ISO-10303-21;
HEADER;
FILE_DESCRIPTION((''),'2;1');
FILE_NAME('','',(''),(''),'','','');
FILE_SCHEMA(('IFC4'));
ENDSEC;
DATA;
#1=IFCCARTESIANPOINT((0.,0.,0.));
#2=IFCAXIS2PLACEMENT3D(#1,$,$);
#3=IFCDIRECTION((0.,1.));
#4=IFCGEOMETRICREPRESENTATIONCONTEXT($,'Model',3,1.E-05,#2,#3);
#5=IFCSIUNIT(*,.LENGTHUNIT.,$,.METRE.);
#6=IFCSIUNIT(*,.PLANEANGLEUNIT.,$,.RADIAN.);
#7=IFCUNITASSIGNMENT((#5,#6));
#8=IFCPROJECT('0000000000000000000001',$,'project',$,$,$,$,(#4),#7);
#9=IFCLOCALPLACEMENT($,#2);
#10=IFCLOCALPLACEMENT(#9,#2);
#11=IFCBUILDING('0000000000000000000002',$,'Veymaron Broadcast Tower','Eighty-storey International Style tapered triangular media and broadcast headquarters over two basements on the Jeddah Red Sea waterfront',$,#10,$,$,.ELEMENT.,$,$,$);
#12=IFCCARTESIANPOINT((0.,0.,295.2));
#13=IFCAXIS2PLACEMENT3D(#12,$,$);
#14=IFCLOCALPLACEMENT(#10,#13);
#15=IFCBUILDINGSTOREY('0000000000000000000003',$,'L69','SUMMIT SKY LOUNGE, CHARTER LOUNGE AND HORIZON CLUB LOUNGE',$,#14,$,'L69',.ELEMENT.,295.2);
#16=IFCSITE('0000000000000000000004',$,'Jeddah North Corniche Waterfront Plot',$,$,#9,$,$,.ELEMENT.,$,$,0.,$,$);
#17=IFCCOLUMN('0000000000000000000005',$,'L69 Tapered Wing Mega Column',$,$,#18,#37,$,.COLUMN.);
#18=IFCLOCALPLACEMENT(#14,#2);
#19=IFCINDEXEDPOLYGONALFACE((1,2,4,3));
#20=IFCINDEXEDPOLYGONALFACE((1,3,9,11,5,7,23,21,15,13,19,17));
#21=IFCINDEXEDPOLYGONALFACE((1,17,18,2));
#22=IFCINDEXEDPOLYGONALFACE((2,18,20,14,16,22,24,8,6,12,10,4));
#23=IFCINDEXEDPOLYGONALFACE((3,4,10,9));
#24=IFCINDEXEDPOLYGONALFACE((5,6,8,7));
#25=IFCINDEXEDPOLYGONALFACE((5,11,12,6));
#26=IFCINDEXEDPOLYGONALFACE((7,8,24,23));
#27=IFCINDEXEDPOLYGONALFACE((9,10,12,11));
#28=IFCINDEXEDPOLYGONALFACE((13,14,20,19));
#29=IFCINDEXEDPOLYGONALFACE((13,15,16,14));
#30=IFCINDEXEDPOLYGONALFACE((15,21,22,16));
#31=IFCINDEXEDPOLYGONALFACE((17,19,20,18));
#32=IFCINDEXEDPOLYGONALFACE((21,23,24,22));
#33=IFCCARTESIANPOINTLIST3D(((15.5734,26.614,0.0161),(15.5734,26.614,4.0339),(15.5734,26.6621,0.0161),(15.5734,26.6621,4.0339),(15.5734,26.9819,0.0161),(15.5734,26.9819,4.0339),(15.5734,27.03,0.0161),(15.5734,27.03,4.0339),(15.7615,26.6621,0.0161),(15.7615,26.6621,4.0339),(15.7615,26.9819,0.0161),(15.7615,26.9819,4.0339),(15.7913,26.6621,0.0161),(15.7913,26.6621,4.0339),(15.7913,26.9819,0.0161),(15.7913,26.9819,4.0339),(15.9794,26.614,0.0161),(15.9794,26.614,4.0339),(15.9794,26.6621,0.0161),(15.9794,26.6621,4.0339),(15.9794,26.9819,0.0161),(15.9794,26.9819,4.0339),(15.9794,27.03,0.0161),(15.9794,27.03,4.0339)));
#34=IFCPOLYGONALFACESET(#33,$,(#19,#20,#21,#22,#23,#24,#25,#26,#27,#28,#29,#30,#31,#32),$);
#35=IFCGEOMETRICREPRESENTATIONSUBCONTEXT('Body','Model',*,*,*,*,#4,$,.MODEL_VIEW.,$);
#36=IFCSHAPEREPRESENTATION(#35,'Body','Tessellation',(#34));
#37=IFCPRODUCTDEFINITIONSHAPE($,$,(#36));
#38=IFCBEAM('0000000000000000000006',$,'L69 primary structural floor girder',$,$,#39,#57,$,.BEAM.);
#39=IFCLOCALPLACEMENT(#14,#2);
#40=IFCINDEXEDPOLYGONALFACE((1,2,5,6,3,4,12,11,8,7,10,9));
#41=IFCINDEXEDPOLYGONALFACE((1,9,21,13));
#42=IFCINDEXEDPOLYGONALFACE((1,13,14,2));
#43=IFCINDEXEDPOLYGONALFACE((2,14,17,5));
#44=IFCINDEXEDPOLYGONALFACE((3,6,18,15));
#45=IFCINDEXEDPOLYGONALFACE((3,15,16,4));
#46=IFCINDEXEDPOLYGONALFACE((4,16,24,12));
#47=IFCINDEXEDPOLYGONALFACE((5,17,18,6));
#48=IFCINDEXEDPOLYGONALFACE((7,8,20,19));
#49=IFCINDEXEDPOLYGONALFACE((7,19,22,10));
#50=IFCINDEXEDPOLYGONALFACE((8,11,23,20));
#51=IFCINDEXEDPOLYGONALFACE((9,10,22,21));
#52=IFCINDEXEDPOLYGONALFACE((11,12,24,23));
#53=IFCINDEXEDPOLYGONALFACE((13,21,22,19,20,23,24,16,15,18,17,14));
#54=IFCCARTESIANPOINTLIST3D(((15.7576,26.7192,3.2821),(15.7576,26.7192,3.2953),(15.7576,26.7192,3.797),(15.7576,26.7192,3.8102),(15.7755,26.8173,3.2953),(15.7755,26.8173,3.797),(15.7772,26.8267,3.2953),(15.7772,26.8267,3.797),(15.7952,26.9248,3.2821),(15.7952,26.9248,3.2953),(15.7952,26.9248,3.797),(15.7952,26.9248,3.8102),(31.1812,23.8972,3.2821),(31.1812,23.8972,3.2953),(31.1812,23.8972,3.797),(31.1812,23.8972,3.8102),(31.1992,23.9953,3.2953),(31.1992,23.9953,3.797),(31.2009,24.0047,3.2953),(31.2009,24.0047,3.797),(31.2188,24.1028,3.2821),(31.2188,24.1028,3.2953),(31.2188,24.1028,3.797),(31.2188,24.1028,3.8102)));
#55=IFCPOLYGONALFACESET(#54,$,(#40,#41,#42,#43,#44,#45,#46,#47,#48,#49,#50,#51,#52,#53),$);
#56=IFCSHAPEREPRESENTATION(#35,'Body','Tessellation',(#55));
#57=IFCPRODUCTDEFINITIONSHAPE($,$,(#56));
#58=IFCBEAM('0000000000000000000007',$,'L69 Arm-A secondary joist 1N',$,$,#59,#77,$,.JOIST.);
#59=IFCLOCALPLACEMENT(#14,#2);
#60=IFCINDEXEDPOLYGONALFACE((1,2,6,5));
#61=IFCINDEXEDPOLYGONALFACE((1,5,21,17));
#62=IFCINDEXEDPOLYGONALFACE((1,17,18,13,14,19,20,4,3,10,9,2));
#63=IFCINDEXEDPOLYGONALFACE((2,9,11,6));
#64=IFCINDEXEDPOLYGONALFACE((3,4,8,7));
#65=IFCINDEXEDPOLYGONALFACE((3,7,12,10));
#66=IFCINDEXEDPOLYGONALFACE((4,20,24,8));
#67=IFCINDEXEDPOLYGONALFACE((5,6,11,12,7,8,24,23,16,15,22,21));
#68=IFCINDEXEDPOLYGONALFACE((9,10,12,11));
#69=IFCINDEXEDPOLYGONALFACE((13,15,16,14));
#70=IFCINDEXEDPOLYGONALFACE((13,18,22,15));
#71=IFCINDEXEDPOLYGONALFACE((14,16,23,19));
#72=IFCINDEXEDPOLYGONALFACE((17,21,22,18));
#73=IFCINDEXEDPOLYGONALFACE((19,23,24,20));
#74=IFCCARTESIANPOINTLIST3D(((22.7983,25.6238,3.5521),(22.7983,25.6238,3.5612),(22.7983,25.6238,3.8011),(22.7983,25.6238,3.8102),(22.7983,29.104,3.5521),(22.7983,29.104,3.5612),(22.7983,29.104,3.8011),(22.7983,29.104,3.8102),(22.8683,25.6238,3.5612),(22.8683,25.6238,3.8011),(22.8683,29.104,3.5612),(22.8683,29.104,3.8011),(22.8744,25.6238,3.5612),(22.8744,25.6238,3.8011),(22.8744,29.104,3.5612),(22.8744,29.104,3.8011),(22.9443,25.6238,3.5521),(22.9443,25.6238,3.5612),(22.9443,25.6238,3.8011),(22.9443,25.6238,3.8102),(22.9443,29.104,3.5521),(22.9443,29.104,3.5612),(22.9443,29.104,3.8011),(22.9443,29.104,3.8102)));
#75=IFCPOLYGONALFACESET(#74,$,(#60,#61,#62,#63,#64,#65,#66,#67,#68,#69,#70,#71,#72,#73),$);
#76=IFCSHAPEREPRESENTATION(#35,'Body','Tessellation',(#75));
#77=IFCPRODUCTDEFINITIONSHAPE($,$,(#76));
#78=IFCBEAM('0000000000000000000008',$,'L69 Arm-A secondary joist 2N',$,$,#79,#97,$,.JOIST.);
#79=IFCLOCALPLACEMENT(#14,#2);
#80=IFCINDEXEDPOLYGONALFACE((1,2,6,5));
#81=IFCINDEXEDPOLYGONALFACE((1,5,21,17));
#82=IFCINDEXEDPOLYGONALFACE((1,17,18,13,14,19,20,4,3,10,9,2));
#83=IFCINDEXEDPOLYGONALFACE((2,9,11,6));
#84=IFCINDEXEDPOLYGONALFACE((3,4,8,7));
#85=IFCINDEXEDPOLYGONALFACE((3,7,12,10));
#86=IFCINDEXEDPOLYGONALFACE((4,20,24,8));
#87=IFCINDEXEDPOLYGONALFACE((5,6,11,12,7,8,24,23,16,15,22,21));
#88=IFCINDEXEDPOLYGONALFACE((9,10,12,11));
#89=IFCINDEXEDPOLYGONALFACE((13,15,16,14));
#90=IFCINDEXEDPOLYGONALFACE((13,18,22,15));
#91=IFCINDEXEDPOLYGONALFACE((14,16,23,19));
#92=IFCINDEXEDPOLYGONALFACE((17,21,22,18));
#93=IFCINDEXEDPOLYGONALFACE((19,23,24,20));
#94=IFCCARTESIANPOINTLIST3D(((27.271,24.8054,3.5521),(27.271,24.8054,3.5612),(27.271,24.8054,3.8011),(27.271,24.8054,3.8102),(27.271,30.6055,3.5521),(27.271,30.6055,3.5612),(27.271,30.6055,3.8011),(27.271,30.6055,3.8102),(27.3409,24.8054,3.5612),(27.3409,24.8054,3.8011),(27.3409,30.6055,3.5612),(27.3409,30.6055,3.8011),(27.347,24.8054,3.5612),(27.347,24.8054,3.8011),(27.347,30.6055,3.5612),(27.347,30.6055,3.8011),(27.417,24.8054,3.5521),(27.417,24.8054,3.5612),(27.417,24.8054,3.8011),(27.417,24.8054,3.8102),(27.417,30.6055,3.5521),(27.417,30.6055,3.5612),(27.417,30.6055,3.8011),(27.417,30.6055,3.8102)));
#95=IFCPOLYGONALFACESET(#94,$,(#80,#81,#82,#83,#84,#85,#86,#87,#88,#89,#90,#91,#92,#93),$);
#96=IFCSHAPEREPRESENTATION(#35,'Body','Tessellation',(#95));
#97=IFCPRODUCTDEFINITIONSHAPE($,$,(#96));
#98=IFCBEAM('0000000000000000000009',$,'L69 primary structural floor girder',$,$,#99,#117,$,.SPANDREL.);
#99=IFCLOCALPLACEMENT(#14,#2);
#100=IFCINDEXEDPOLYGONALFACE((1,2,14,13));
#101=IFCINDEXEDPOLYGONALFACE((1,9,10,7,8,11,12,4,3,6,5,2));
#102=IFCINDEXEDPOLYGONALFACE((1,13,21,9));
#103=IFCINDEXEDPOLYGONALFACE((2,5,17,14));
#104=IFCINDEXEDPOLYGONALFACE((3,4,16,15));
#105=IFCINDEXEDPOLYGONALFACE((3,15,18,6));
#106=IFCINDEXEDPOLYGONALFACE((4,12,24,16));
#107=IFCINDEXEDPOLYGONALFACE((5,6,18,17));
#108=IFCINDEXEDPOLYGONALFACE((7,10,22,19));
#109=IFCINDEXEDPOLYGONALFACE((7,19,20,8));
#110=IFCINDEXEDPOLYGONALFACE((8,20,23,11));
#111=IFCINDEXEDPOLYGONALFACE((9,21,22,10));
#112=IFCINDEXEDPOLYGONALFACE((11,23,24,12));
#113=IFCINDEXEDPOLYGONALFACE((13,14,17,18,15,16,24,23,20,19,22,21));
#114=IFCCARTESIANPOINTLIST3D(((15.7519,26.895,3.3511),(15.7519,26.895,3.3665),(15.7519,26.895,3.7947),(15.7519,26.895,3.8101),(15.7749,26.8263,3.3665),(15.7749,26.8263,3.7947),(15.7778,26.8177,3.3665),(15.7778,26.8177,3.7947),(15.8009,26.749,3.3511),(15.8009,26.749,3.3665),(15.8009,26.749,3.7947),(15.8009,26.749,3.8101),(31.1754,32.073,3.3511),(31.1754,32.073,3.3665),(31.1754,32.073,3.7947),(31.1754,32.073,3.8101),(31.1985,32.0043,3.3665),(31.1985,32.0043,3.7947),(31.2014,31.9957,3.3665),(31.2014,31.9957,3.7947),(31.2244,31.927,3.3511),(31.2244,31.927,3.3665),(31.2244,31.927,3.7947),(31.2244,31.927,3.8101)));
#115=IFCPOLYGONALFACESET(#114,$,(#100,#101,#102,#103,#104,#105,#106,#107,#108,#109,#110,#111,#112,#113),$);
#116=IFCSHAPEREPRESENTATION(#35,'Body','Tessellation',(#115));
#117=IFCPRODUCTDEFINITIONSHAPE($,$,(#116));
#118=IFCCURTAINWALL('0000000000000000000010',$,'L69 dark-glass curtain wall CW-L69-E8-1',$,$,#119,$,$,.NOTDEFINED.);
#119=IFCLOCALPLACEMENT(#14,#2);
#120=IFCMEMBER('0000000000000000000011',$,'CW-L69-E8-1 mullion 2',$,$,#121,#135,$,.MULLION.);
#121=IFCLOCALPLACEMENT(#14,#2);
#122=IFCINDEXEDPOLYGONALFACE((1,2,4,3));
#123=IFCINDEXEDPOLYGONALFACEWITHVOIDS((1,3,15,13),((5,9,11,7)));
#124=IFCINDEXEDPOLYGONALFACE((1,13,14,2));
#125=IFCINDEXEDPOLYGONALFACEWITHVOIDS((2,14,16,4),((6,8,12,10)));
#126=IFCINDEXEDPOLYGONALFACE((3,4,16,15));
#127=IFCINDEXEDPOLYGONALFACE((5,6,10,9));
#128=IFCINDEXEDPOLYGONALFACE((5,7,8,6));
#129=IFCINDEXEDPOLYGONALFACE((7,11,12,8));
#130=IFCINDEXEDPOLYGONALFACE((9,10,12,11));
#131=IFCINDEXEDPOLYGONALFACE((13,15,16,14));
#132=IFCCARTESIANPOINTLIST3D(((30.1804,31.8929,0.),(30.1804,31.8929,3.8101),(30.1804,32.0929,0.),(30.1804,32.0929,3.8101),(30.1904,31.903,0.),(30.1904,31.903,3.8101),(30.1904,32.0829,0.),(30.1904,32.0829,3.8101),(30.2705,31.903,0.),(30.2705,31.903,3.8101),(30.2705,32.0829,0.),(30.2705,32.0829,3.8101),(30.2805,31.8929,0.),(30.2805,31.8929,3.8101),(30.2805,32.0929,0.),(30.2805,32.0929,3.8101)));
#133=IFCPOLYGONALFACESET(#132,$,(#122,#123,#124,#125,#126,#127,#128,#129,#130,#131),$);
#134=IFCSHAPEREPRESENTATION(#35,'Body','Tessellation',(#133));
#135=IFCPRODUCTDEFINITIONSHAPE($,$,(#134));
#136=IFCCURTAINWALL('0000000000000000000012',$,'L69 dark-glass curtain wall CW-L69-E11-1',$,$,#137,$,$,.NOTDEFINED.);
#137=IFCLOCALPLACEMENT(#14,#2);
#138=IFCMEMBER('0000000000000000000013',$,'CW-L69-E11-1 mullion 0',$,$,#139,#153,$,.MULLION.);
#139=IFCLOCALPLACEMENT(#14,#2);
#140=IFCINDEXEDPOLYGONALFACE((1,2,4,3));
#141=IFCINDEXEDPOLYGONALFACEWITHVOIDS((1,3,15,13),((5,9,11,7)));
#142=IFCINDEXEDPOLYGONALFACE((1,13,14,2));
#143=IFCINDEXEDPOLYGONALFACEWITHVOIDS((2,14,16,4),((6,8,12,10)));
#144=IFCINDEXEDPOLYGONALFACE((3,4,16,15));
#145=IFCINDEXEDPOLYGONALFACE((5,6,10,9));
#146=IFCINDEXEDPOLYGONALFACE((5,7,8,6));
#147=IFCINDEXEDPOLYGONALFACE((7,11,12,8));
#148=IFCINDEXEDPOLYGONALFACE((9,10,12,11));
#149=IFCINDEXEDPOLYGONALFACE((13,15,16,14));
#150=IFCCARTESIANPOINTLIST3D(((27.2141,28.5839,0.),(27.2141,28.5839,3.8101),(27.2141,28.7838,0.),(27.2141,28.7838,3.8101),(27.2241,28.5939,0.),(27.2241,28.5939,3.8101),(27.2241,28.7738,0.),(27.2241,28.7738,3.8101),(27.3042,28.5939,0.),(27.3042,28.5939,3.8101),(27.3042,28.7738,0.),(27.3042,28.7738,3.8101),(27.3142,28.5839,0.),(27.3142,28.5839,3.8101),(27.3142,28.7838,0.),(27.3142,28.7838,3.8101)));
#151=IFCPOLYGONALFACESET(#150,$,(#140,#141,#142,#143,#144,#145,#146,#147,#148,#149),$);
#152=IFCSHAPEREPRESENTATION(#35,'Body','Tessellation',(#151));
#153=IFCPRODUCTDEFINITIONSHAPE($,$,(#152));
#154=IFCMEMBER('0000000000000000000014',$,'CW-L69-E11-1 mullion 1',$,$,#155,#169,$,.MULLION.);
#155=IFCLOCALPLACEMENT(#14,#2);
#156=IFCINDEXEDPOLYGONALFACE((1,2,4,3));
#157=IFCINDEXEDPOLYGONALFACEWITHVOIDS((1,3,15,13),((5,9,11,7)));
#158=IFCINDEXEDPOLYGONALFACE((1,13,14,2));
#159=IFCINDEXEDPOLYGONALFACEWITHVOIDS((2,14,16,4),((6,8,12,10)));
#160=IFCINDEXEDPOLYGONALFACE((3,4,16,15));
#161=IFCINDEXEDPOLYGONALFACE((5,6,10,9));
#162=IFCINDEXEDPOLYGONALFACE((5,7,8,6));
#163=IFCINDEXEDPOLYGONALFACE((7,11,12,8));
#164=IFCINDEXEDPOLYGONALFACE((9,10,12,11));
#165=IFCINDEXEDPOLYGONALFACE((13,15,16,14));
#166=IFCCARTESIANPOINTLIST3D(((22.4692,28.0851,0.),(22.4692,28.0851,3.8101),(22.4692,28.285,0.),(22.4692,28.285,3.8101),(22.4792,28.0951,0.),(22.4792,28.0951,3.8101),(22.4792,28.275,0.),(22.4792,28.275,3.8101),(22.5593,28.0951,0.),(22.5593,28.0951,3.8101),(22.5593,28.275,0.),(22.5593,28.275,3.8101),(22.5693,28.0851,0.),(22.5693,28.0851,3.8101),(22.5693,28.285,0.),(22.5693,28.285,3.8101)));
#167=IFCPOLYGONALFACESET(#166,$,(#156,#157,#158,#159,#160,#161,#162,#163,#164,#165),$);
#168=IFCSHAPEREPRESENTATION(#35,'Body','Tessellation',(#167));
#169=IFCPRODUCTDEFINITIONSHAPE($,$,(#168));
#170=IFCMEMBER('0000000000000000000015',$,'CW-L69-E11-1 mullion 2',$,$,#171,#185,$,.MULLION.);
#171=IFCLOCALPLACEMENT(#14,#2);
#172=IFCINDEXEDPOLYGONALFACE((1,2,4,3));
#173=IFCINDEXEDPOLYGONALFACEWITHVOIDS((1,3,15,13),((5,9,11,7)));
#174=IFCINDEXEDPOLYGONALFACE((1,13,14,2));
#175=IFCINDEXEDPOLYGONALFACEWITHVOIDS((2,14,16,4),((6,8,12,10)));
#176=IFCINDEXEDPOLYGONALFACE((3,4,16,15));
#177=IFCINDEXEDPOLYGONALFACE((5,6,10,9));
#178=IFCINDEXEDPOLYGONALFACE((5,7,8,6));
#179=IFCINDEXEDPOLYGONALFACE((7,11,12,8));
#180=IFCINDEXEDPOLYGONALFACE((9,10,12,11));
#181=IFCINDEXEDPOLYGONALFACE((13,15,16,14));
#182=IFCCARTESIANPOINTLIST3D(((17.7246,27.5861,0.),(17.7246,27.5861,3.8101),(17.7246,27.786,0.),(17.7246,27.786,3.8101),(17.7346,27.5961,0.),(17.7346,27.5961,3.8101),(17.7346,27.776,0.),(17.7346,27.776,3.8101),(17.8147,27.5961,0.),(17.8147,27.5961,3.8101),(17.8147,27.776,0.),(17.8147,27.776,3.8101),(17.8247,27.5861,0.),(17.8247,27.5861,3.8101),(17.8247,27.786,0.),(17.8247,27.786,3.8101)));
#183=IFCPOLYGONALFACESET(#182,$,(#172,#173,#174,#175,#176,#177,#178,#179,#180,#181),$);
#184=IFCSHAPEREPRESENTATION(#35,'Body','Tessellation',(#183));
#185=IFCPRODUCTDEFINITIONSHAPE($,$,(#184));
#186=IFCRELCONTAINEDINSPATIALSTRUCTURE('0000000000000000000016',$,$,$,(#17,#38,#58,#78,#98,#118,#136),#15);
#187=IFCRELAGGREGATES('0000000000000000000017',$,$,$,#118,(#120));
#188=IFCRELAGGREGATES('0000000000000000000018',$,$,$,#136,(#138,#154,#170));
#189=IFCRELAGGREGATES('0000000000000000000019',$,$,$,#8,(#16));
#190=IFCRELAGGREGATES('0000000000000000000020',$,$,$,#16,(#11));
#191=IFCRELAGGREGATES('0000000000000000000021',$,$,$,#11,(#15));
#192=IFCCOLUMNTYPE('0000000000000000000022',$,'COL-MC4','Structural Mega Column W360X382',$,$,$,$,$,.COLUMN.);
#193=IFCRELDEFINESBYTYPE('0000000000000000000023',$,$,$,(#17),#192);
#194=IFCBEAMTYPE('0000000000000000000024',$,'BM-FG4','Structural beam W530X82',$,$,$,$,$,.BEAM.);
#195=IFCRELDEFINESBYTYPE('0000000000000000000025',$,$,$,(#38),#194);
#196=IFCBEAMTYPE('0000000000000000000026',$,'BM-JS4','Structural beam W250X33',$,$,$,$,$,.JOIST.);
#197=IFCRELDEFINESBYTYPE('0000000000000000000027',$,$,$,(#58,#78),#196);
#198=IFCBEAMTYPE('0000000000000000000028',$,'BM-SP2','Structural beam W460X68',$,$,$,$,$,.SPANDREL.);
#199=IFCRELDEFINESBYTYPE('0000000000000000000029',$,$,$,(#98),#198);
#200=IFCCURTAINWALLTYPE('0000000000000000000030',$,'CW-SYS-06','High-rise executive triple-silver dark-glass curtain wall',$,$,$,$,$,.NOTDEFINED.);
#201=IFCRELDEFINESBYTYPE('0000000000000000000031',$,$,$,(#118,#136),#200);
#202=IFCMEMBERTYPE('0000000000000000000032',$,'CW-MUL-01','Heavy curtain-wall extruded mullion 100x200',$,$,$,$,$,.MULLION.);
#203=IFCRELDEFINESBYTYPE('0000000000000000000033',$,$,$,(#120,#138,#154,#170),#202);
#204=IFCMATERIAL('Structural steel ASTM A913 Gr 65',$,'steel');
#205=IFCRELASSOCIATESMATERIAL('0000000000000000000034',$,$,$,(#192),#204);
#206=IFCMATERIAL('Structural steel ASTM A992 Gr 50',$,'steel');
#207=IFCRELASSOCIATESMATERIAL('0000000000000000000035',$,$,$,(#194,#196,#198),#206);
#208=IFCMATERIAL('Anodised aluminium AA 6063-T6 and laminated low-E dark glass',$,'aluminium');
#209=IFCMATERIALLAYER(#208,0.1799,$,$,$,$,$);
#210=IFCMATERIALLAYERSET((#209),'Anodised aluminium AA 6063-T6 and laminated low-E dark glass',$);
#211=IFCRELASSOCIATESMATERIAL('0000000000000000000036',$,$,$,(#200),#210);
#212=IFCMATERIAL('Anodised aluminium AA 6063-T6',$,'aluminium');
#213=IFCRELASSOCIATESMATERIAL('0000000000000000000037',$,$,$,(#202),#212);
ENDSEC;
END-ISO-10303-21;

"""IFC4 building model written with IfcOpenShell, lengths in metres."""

from ifc_helpers import new_model, si_unit, direction, frame, origin, origin_2d, place, context, subcontext, project, spatial, hollow_rectangle, i_section, extrude, material, layer, layer_set, material_profile, profile_set, type_object, element, aggregate, save


model = new_model("IFC4")

# Units and contexts
model_context = context("Model", 3, precision=1e-05, world=origin(), true_north=direction((0.0, 1.0)))
body_context = subcontext(model_context, "Body", "Model", "MODEL_VIEW")
ifc_project = project(units=[si_unit("LENGTHUNIT", "METRE"), si_unit("PLANEANGLEUNIT", "RADIAN")], contexts=[model_context])

# Site, building, storey
site_placement = place(None, origin())
site = spatial("IfcSite", under=ifc_project, at=site_placement, Name="Jeddah North Corniche Waterfront Plot", CompositionType="ELEMENT", RefElevation=0.0)
building_placement = place(site_placement, origin())
building = spatial("IfcBuilding", under=site, at=building_placement, Name="Veymaron Broadcast Tower", Description="Eighty-storey International Style tapered triangular media and broadcast headquarters over two basements on the Jeddah Red Sea waterfront", CompositionType="ELEMENT")
storey_placement = place(building_placement, frame((0.0, 0.0, 295.2)))
storey = spatial("IfcBuildingStorey", under=building, at=storey_placement, Name="L69", Description="SUMMIT SKY LOUNGE, CHARTER LOUNGE AND HORIZON CLUB LOUNGE", LongName="L69", CompositionType="ELEMENT", Elevation=295.2)

# Column
ifc_material_1 = material(Name="Structural steel ASTM A913 Gr 65", Category="steel")
ifc_material_profile_1 = material_profile(ifc_material_1, i_section(OverallWidth=0.406, OverallDepth=0.416, WebThickness=0.0298, FlangeThickness=0.0481, at=origin_2d()), Name="W360X382")
ifc_profile_set_1 = profile_set([ifc_material_profile_1], Name="Structural steel ASTM A913 Gr 65")
column_type = type_object("IfcColumnType", Name="COL-MC4", Description="Structural Mega Column W360X382", PredefinedType="COLUMN", material=ifc_profile_set_1)
column_placement = place(storey_placement, frame((15.7764, 26.822, 0.0161), z_axis=(0.0, 0.0, 1.0), x_axis=(1.0, 0.0, 0.0)))
element("IfcColumn", 1, at=column_placement, inside=storey, type_object=column_type, Name="L69 Tapered Wing Mega Column", PredefinedType="COLUMN", context=body_context, shape_type="SweptSolid", body=[
    extrude(i_section(OverallWidth=0.406, OverallDepth=0.416, WebThickness=0.0298, FlangeThickness=0.0481, at=origin_2d()), origin(), (0.0, 0.0, 1.0), 4.0178),
])

# Beams
ifc_material_2 = material(Name="Structural steel ASTM A992 Gr 50", Category="steel")
ifc_material_profile_2 = material_profile(ifc_material_2, i_section(OverallWidth=0.209, OverallDepth=0.5281, WebThickness=0.0095, FlangeThickness=0.0132, at=origin_2d()), Name="W530X82")
ifc_profile_set_2 = profile_set([ifc_material_profile_2], Name="Structural steel ASTM A992 Gr 50")
beam_type_1 = type_object("IfcBeamType", Name="BM-FG4", Description="Structural beam W530X82", PredefinedType="BEAM", material=ifc_profile_set_2)
beam_1_placement = place(storey_placement, frame((15.7764, 26.822, 3.5461), z_axis=(0.98367, -0.17998, 0.0), x_axis=(0.17998, 0.98367, 0.0)))
element("IfcBeam", 2, at=beam_1_placement, inside=storey, type_object=beam_type_1, Name="L69 primary structural floor girder", PredefinedType="BEAM", context=body_context, shape_type="SweptSolid", body=[
    extrude(i_section(OverallWidth=0.209, OverallDepth=0.5281, WebThickness=0.0095, FlangeThickness=0.0132, at=origin_2d()), origin(), (0.0, 0.0, 1.0), 15.6797),
])
ifc_material_profile_3 = material_profile(ifc_material_2, i_section(OverallWidth=0.146, OverallDepth=0.2581, WebThickness=0.0061, FlangeThickness=0.009, at=origin_2d()), Name="W250X33")
ifc_profile_set_3 = profile_set([ifc_material_profile_3], Name="Structural steel ASTM A992 Gr 50")
beam_type_2 = type_object("IfcBeamType", Name="BM-JS4", Description="Structural beam W250X33", PredefinedType="JOIST", material=ifc_profile_set_3)
beam_2_placement = place(storey_placement, frame((22.8713, 25.6238, 3.6812), z_axis=(0.0, 1.0, 0.0), x_axis=(-1.0, 0.0, 0.0)))
element("IfcBeam", 3, at=beam_2_placement, inside=storey, type_object=beam_type_2, Name="L69 Arm-A secondary joist 1N", PredefinedType="JOIST", context=body_context, shape_type="SweptSolid", body=[
    extrude(i_section(OverallWidth=0.146, OverallDepth=0.2581, WebThickness=0.0061, FlangeThickness=0.009, at=origin_2d()), origin(), (0.0, 0.0, 1.0), 3.4802),
])
beam_3_placement = place(storey_placement, frame((27.344, 24.8054, 3.6812), z_axis=(0.0, 1.0, 0.0), x_axis=(-1.0, 0.0, 0.0)))
element("IfcBeam", 4, at=beam_3_placement, inside=storey, type_object=beam_type_2, Name="L69 Arm-A secondary joist 2N", PredefinedType="JOIST", context=body_context, shape_type="SweptSolid", body=[
    extrude(i_section(OverallWidth=0.146, OverallDepth=0.2581, WebThickness=0.0061, FlangeThickness=0.009, at=origin_2d()), origin(), (0.0, 0.0, 1.0), 5.8),
])
ifc_material_profile_4 = material_profile(ifc_material_2, i_section(OverallWidth=0.1541, OverallDepth=0.459, WebThickness=0.009, FlangeThickness=0.0154, at=origin_2d()), Name="W460X68")
ifc_profile_set_4 = profile_set([ifc_material_profile_4], Name="Structural steel ASTM A992 Gr 50")
beam_type_3 = type_object("IfcBeamType", Name="BM-SP2", Description="Structural beam W460X68", PredefinedType="SPANDREL", material=ifc_profile_set_4)
beam_4_placement = place(storey_placement, frame((15.7764, 26.822, 3.5806), z_axis=(0.948003, 0.318262, 0.0), x_axis=(-0.318262, 0.948003, 0.0)))
element("IfcBeam", 5, at=beam_4_placement, inside=storey, type_object=beam_type_3, Name="L69 primary structural floor girder", PredefinedType="SPANDREL", context=body_context, shape_type="SweptSolid", body=[
    extrude(i_section(OverallWidth=0.1541, OverallDepth=0.459, WebThickness=0.009, FlangeThickness=0.0154, at=origin_2d()), origin(), (0.0, 0.0, 1.0), 16.2695),
])

# Curtain wall, member
ifc_material_3 = material(Name="Anodised aluminium AA 6063-T6 and laminated low-E dark glass", Category="aluminium")
ifc_layer_1 = layer(ifc_material_3, 0.1799)
ifc_layer_set_1 = layer_set([ifc_layer_1], Name="Anodised aluminium AA 6063-T6 and laminated low-E dark glass")
curtain_wall_type = type_object("IfcCurtainWallType", Name="CW-SYS-06", Description="High-rise executive triple-silver dark-glass curtain wall", PredefinedType="NOTDEFINED", material=ifc_layer_set_1)
curtain_wall_1_placement = place(storey_placement, origin())
curtain_wall_1 = element("IfcCurtainWall", 6, at=curtain_wall_1_placement, inside=storey, type_object=curtain_wall_type, Name="L69 dark-glass curtain wall CW-L69-E8-1", PredefinedType="NOTDEFINED")
ifc_material_4 = material(Name="Anodised aluminium AA 6063-T6", Category="aluminium")
ifc_material_profile_5 = material_profile(ifc_material_4, hollow_rectangle(XDim=0.1001, YDim=0.2, WallThickness=0.01, at=origin_2d()), Name="RHS200X100X10")
ifc_profile_set_5 = profile_set([ifc_material_profile_5], Name="Anodised aluminium AA 6063-T6")
member_type_1 = type_object("IfcMemberType", Name="CW-MUL-01", Description="Heavy curtain-wall extruded mullion 100x200", PredefinedType="MULLION", material=ifc_profile_set_5)
member_1_placement = place(storey_placement, frame((30.2305, 31.9929, 0.0), z_axis=(0.0, 0.0, 1.0), x_axis=(1.0, 0.0, 0.0)))
member_1 = element("IfcMember", 7, at=member_1_placement, type_object=member_type_1, Name="CW-L69-E8-1 mullion 2", PredefinedType="MULLION", context=body_context, shape_type="SweptSolid", body=[
    extrude(hollow_rectangle(XDim=0.1001, YDim=0.2, WallThickness=0.01, at=origin_2d()), origin(), (0.0, 0.0, 1.0), 3.8101),
])
aggregate(curtain_wall_1, [member_1])

# Curtain wall, members
curtain_wall_2_placement = place(storey_placement, origin())
curtain_wall_2 = element("IfcCurtainWall", 8, at=curtain_wall_2_placement, inside=storey, type_object=curtain_wall_type, Name="L69 dark-glass curtain wall CW-L69-E11-1", PredefinedType="NOTDEFINED")
member_2_placement = place(storey_placement, frame((27.2642, 28.6838, 0.0), z_axis=(0.0, 0.0, 1.0), x_axis=(1.0, 0.0, 0.0)))
member_2 = element("IfcMember", 9, at=member_2_placement, type_object=member_type_1, Name="CW-L69-E11-1 mullion 0", PredefinedType="MULLION", context=body_context, shape_type="SweptSolid", body=[
    extrude(hollow_rectangle(XDim=0.1001, YDim=0.2, WallThickness=0.01, at=origin_2d()), origin(), (0.0, 0.0, 1.0), 3.8101),
])
member_3_placement = place(storey_placement, frame((22.5193, 28.1851, 0.0), z_axis=(0.0, 0.0, 1.0), x_axis=(1.0, 0.0, 0.0)))
member_3 = element("IfcMember", 10, at=member_3_placement, type_object=member_type_1, Name="CW-L69-E11-1 mullion 1", PredefinedType="MULLION", context=body_context, shape_type="SweptSolid", body=[
    extrude(hollow_rectangle(XDim=0.1001, YDim=0.2, WallThickness=0.01, at=origin_2d()), origin(), (0.0, 0.0, 1.0), 3.8101),
])
member_4_placement = place(storey_placement, frame((17.7747, 27.686, 0.0), z_axis=(0.0, 0.0, 1.0), x_axis=(1.0, 0.0, 0.0)))
member_4 = element("IfcMember", 11, at=member_4_placement, type_object=member_type_1, Name="CW-L69-E11-1 mullion 2", PredefinedType="MULLION", context=body_context, shape_type="SweptSolid", body=[
    extrude(hollow_rectangle(XDim=0.1001, YDim=0.2, WallThickness=0.01, at=origin_2d()), origin(), (0.0, 0.0, 1.0), 3.8101),
])
aggregate(curtain_wall_2, [member_2, member_3, member_4])

save(model, "model.ifc")
